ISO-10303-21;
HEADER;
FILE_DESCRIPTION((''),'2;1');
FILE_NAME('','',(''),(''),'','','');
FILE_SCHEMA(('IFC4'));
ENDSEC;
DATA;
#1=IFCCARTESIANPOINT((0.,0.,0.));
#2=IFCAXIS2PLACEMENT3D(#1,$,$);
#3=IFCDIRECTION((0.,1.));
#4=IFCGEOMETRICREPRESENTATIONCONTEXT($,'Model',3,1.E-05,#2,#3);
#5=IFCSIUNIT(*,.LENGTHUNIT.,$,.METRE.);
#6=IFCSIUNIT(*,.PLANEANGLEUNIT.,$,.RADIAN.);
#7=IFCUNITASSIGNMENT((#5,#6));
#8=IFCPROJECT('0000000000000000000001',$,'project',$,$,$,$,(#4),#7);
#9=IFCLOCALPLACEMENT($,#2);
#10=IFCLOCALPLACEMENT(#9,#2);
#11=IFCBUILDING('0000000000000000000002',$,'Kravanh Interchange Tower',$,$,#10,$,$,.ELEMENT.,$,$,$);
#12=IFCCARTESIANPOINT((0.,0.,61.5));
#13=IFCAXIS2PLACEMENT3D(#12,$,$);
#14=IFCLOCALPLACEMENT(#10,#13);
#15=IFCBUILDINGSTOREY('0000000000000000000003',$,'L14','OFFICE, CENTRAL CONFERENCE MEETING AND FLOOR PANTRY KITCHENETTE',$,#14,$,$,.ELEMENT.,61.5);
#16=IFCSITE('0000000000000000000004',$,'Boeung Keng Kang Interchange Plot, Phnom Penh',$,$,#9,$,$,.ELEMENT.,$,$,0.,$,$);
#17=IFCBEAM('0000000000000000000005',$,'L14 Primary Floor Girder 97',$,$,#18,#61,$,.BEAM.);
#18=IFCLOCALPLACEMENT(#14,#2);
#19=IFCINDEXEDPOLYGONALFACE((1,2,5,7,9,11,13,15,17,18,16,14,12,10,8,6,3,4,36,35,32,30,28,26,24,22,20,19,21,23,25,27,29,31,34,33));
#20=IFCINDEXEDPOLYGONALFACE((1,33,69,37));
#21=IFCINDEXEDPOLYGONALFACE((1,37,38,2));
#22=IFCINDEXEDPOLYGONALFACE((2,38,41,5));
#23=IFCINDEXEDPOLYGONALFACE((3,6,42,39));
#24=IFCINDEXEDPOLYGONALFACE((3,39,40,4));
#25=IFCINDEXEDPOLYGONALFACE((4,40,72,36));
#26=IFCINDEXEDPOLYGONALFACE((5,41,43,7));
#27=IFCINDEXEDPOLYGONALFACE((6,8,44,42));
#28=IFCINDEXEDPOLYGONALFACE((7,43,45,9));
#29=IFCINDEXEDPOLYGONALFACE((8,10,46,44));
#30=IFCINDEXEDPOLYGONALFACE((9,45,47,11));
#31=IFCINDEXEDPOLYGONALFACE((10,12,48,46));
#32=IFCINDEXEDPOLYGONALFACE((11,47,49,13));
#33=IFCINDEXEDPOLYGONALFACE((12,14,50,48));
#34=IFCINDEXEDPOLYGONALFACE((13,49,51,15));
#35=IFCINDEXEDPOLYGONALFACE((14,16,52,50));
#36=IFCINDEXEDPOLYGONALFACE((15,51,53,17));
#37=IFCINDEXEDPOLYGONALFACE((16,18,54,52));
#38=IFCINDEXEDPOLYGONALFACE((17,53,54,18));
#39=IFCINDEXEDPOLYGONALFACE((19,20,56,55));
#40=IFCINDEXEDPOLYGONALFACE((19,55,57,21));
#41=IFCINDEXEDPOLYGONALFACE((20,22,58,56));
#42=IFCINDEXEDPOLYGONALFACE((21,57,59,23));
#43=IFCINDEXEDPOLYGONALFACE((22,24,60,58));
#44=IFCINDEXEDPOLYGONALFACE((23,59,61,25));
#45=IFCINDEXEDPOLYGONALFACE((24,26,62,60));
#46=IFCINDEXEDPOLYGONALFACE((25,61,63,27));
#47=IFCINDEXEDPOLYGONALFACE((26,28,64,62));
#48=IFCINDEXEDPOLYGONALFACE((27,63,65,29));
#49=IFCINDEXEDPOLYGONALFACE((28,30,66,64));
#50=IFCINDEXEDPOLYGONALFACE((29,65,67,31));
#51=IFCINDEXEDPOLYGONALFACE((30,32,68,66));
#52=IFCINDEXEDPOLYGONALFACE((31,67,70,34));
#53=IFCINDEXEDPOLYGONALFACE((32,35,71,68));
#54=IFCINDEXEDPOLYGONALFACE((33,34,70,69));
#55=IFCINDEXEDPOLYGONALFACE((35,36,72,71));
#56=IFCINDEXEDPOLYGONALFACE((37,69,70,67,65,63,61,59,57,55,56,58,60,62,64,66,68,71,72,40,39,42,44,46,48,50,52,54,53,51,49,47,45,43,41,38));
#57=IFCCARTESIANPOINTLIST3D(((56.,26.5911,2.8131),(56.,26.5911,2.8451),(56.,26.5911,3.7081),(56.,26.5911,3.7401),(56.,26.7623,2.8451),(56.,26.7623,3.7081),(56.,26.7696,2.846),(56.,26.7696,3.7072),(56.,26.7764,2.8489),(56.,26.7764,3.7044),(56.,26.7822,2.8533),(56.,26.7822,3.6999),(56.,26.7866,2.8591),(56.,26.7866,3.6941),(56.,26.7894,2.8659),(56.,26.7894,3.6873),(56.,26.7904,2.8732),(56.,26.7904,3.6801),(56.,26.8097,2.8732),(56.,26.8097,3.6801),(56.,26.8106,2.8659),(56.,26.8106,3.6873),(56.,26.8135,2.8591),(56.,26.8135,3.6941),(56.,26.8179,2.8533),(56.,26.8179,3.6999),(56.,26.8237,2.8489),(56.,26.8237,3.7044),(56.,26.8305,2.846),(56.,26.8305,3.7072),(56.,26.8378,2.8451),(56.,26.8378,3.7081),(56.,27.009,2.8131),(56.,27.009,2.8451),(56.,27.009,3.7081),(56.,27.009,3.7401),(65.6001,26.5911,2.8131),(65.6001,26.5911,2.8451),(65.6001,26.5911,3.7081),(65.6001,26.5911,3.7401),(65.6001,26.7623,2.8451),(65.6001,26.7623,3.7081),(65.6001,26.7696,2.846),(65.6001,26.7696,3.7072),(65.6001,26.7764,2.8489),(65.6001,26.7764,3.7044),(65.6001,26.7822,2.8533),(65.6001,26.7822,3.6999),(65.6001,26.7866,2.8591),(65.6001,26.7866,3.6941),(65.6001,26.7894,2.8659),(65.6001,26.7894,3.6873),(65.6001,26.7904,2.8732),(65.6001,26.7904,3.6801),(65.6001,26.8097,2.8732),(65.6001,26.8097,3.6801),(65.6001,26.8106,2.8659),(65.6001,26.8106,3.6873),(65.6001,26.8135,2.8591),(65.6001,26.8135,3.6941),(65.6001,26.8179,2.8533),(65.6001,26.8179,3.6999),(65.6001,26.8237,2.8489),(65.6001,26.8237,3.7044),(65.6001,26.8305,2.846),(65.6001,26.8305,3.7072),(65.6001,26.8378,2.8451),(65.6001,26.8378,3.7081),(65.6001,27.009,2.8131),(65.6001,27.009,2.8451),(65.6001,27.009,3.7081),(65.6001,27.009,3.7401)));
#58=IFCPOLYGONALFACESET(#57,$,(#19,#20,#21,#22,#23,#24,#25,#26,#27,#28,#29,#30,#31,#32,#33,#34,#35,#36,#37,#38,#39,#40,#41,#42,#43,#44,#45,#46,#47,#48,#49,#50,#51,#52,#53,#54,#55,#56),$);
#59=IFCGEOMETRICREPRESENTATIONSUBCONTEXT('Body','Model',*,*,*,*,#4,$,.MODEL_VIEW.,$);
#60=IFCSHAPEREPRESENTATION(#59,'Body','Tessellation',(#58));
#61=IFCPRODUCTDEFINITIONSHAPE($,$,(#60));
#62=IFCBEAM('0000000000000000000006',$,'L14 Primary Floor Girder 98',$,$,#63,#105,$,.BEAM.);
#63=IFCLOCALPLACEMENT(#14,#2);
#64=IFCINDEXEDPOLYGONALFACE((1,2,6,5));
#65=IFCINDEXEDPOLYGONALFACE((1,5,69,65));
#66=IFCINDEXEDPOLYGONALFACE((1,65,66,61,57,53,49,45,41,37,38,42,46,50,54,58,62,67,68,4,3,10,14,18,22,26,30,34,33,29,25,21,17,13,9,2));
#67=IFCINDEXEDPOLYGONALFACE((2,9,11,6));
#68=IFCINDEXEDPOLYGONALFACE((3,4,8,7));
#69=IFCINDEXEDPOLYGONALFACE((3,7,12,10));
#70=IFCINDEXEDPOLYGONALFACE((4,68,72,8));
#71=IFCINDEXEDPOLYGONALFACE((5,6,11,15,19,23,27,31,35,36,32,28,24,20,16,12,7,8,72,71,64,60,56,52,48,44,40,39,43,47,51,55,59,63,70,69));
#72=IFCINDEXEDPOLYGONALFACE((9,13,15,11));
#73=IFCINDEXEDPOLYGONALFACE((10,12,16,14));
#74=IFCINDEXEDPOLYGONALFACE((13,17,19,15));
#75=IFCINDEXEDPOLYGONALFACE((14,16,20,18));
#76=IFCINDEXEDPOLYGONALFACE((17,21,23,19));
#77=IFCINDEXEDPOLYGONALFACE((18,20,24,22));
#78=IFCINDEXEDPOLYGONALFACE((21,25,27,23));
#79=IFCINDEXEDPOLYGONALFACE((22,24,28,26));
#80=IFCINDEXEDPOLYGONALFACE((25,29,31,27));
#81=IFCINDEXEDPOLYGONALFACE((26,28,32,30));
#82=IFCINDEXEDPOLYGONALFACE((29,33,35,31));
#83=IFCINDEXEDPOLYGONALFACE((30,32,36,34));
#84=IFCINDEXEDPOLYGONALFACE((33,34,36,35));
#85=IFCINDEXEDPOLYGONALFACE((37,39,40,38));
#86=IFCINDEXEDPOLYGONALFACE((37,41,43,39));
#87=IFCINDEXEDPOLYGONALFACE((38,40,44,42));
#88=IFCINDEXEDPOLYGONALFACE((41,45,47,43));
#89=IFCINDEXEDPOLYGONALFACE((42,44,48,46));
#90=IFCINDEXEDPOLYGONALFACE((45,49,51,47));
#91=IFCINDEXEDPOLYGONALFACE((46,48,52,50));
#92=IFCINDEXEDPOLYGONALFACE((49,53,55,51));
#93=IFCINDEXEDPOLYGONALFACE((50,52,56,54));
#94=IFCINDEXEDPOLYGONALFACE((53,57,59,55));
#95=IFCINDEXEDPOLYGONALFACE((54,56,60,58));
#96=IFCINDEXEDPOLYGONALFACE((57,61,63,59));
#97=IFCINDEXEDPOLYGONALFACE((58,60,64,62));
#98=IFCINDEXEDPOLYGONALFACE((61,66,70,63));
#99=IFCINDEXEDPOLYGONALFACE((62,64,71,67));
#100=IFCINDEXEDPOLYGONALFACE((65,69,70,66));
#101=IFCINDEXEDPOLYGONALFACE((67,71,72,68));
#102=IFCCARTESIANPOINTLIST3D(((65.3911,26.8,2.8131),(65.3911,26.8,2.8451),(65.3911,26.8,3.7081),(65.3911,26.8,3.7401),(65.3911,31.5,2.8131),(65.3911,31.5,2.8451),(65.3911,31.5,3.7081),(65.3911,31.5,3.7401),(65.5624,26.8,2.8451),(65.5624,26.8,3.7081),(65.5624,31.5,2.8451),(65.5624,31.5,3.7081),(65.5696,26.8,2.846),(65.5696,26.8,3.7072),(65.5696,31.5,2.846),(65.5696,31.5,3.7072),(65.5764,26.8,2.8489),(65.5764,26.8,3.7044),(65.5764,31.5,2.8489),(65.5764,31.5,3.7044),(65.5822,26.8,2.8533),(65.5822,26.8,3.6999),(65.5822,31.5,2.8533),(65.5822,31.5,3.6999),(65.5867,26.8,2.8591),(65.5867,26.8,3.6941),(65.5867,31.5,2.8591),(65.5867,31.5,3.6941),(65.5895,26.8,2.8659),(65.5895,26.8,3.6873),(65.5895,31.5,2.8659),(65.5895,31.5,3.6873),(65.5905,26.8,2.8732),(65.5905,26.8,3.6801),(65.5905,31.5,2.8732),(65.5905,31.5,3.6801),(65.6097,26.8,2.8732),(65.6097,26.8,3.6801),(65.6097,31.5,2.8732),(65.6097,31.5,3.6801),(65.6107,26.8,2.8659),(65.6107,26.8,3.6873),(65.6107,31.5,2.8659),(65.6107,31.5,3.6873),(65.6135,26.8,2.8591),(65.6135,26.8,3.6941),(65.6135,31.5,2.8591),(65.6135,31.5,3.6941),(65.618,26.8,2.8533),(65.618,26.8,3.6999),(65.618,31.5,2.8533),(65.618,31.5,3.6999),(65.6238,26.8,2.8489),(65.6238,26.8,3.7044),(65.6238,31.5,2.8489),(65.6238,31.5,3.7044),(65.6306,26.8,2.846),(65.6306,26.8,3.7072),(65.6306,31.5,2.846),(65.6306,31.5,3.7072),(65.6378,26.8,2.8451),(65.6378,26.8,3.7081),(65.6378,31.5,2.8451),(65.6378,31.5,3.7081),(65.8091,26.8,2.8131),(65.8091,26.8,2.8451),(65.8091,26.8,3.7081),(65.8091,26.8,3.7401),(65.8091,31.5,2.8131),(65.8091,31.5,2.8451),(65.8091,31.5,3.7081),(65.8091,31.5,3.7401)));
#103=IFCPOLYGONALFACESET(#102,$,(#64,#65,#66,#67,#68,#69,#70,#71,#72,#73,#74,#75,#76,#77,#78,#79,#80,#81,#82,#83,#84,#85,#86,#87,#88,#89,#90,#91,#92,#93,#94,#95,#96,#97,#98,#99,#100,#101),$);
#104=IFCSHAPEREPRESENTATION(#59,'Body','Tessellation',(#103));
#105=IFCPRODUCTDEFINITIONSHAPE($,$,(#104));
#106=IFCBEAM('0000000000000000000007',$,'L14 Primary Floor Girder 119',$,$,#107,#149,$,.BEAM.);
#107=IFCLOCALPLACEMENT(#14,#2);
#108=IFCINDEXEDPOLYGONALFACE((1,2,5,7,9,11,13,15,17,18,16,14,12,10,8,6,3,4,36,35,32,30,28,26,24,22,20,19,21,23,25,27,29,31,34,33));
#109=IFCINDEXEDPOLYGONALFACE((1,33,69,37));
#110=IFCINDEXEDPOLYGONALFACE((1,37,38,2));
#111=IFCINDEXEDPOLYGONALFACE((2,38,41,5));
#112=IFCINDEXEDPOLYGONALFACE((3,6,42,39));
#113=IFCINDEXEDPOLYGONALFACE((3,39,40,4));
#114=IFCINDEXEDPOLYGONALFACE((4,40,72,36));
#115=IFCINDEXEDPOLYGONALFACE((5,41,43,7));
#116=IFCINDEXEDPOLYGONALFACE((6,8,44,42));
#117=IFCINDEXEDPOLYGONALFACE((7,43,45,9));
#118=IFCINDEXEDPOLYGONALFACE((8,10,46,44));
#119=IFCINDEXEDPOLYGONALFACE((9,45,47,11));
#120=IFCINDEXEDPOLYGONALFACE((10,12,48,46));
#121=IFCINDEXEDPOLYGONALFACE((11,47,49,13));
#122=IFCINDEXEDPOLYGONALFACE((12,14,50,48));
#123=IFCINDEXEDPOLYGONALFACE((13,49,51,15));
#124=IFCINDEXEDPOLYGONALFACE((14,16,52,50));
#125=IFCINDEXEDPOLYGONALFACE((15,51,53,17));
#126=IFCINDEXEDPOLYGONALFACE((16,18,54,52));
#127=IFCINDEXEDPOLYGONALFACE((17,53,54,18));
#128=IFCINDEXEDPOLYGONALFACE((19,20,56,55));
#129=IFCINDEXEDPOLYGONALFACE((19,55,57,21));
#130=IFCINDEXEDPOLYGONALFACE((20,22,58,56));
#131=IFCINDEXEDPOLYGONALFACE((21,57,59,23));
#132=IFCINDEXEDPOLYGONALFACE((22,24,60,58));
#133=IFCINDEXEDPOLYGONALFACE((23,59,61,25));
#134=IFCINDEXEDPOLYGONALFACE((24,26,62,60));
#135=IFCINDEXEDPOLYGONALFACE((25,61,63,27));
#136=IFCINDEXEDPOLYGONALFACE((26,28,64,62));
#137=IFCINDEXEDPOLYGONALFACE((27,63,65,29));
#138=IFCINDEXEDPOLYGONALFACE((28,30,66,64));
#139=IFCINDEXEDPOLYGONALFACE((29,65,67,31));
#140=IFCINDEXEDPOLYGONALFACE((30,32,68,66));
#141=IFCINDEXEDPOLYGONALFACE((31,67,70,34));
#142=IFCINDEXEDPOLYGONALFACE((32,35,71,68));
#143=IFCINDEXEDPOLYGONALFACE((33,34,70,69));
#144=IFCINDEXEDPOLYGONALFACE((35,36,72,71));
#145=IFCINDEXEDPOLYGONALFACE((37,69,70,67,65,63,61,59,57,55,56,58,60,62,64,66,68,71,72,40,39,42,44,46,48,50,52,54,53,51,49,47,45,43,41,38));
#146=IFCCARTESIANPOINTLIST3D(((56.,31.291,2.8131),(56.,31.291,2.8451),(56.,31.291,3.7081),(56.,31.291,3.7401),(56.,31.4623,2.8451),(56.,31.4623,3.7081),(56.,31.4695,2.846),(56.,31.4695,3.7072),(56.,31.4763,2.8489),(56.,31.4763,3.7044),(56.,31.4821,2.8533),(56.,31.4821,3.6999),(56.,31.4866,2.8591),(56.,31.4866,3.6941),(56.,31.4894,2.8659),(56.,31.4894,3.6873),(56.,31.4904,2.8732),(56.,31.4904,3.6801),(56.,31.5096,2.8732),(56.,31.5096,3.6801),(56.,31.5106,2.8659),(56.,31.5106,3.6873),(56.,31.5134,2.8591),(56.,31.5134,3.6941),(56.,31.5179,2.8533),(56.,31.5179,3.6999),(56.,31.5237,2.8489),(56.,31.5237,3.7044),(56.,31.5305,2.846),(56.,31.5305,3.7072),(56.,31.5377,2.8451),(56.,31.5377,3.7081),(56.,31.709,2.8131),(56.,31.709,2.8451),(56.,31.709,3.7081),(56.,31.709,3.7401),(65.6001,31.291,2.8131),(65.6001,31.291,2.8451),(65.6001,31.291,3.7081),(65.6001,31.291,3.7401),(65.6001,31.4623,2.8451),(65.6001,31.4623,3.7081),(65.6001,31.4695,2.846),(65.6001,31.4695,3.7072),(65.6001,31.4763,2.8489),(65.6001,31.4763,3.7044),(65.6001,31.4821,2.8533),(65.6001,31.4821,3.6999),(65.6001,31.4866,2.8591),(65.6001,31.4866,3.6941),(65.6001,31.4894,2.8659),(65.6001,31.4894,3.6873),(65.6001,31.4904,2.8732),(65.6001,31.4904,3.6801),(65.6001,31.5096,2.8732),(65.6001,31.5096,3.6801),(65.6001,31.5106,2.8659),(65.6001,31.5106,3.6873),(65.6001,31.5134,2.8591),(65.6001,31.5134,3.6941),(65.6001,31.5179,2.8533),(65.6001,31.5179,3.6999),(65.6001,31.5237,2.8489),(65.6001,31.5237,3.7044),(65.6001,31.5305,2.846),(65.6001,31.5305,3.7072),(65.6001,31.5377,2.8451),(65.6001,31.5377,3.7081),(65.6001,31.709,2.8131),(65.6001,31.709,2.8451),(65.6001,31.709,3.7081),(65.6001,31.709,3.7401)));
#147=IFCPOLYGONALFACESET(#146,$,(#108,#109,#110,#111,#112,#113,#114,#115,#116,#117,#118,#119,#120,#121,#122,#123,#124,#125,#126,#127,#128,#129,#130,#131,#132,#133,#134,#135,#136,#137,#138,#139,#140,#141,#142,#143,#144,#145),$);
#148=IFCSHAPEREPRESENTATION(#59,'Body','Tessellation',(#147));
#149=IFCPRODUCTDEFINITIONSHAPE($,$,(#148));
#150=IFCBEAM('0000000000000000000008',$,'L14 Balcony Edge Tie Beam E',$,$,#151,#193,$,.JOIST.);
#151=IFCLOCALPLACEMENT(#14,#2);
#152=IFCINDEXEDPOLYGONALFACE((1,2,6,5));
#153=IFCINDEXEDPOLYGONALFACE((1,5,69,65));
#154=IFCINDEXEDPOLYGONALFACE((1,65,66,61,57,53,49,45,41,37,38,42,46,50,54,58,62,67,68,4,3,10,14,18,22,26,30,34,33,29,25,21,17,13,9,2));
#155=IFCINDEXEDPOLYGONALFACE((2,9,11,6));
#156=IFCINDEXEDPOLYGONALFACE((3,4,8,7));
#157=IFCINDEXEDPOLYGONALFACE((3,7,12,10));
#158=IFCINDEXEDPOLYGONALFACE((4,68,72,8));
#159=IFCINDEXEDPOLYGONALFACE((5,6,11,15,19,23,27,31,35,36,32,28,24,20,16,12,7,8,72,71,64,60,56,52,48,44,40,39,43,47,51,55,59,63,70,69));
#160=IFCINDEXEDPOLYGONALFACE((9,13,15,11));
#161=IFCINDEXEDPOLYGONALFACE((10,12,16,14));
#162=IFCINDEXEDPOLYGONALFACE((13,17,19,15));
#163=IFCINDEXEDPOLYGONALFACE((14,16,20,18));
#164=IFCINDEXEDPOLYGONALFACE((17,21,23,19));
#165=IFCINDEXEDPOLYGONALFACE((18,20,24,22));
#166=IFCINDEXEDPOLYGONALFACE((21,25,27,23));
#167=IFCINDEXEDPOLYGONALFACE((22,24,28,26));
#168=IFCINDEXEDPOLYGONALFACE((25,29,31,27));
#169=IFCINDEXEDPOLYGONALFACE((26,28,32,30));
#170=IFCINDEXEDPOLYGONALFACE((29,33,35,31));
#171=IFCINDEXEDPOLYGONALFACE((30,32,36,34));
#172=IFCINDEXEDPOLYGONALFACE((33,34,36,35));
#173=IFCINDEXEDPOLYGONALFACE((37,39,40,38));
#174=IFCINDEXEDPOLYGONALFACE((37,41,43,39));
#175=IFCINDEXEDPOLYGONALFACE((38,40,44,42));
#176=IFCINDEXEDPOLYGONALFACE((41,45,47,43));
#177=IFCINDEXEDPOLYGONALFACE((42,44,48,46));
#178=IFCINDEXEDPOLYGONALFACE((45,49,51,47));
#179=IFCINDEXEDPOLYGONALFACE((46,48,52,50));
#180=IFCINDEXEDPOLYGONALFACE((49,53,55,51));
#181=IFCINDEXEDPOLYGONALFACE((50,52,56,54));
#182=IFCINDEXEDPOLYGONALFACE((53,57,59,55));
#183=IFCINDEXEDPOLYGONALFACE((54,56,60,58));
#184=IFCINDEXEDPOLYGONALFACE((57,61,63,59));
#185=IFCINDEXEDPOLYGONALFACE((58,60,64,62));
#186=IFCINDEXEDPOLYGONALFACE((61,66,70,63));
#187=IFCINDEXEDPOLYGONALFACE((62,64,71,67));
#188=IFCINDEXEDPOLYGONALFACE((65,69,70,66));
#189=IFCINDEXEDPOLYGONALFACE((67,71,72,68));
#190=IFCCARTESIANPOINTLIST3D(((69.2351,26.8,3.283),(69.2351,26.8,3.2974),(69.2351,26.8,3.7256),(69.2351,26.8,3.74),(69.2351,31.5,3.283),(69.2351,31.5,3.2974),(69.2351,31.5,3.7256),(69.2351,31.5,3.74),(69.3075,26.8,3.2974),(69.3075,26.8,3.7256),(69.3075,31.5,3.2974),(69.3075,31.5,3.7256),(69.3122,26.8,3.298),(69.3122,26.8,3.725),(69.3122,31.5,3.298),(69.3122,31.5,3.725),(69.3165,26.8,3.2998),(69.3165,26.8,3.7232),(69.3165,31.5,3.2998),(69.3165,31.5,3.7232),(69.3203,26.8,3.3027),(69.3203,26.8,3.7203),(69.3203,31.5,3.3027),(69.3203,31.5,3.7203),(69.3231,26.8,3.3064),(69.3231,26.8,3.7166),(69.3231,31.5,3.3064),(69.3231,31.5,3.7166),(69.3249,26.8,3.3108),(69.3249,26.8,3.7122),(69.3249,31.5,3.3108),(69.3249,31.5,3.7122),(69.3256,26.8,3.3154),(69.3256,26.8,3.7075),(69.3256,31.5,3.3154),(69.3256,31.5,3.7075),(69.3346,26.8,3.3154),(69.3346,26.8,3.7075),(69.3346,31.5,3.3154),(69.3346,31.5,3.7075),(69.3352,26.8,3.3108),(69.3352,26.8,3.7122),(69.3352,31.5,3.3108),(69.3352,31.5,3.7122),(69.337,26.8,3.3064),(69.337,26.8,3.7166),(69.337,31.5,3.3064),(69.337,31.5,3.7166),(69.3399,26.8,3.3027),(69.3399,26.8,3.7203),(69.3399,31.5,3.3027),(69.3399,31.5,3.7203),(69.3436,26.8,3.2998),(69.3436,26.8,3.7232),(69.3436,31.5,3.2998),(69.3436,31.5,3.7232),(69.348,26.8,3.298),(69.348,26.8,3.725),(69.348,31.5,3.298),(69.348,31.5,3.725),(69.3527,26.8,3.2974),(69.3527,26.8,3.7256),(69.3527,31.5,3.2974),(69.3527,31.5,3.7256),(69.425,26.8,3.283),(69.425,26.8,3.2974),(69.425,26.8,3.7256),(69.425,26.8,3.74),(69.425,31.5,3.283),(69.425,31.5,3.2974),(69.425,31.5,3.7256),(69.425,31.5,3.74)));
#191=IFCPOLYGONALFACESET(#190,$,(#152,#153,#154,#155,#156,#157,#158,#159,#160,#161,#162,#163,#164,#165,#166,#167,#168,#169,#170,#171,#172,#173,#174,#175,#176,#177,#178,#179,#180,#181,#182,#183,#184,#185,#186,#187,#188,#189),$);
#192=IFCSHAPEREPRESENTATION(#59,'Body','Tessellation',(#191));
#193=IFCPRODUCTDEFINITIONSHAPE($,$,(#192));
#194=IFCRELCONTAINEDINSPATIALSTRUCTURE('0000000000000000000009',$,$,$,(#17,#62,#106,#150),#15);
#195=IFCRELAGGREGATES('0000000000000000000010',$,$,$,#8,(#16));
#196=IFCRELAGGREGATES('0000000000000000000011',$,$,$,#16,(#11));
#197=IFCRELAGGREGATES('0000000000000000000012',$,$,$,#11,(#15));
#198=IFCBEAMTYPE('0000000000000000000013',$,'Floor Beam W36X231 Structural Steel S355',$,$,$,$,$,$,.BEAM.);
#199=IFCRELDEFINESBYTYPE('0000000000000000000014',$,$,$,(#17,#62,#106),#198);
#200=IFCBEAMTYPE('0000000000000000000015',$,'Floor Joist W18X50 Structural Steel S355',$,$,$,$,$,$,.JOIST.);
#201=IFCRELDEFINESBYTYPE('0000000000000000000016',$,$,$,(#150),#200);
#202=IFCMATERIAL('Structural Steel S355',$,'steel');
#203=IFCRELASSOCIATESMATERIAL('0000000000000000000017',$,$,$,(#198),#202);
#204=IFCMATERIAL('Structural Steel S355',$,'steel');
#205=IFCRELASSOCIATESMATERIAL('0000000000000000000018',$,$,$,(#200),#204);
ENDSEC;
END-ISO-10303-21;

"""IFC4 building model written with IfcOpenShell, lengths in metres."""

from ifc_helpers import new_model, si_unit, direction, frame, origin, origin_2d, place, context, subcontext, project, spatial, i_section, extrude, material, material_profile, profile_set, type_object, element, save


model = new_model("IFC4")

# Units and contexts
model_context = context("Model", 3, precision=1e-05, world=origin(), true_north=direction((0.0, 1.0)))
body_context = subcontext(model_context, "Body", "Model", "MODEL_VIEW")
ifc_project = project(units=[si_unit("LENGTHUNIT", "METRE"), si_unit("PLANEANGLEUNIT", "RADIAN")], contexts=[model_context])

# Site, building, storey
site_placement = place(None, origin())
site = spatial("IfcSite", under=ifc_project, at=site_placement, Name="Boeung Keng Kang Interchange Plot, Phnom Penh", CompositionType="ELEMENT", RefElevation=0.0)
building_placement = place(site_placement, origin())
building = spatial("IfcBuilding", under=site, at=building_placement, Name="Kravanh Interchange Tower", CompositionType="ELEMENT")
storey_placement = place(building_placement, frame((0.0, 0.0, 61.5)))
storey = spatial("IfcBuildingStorey", under=building, at=storey_placement, Name="L14", Description="OFFICE, CENTRAL CONFERENCE MEETING AND FLOOR PANTRY KITCHENETTE", CompositionType="ELEMENT", Elevation=61.5)

# Beams
ifc_material_1 = material(Name="Structural Steel S355", Category="steel")
ifc_material_profile_1 = material_profile(ifc_material_1, i_section(OverallWidth=0.418, OverallDepth=0.927, WebThickness=0.0193, FlangeThickness=0.032, FilletRadius=0.0281, at=origin_2d()), Name="W36X231")
ifc_profile_set_1 = profile_set([ifc_material_profile_1], Name="Structural Steel S355")
beam_type_1 = type_object("IfcBeamType", Name="Floor Beam W36X231 Structural Steel S355", PredefinedType="BEAM", material=ifc_profile_set_1)
beam_1_placement = place(storey_placement, frame((56.0, 26.8, 3.2766), z_axis=(1.0, 0.0, 0.0), x_axis=(0.0, 1.0, 0.0)))
element("IfcBeam", 1, at=beam_1_placement, inside=storey, type_object=beam_type_1, Name="L14 Primary Floor Girder 97", PredefinedType="BEAM", context=body_context, shape_type="SweptSolid", body=[
    extrude(i_section(OverallWidth=0.418, OverallDepth=0.927, WebThickness=0.0193, FlangeThickness=0.032, FilletRadius=0.0281, at=origin_2d()), origin(), (0.0, 0.0, 1.0), 9.6001),
])
beam_2_placement = place(storey_placement, frame((65.6001, 26.8, 3.2766), z_axis=(0.0, 1.0, 0.0), x_axis=(-1.0, 0.0, 0.0)))
element("IfcBeam", 2, at=beam_2_placement, inside=storey, type_object=beam_type_1, Name="L14 Primary Floor Girder 98", PredefinedType="BEAM", context=body_context, shape_type="SweptSolid", body=[
    extrude(i_section(OverallWidth=0.418, OverallDepth=0.927, WebThickness=0.0193, FlangeThickness=0.032, FilletRadius=0.0281, at=origin_2d()), origin(), (0.0, 0.0, 1.0), 4.7),
])
beam_3_placement = place(storey_placement, frame((56.0, 31.5, 3.2766), z_axis=(1.0, 0.0, 0.0), x_axis=(0.0, 1.0, 0.0)))
element("IfcBeam", 3, at=beam_3_placement, inside=storey, type_object=beam_type_1, Name="L14 Primary Floor Girder 119", PredefinedType="BEAM", context=body_context, shape_type="SweptSolid", body=[
    extrude(i_section(OverallWidth=0.418, OverallDepth=0.927, WebThickness=0.0193, FlangeThickness=0.032, FilletRadius=0.0281, at=origin_2d()), origin(), (0.0, 0.0, 1.0), 9.6001),
])
ifc_material_2 = material(Name="Structural Steel S355", Category="steel")
ifc_material_profile_2 = material_profile(ifc_material_2, i_section(OverallWidth=0.1899, OverallDepth=0.457, WebThickness=0.009, FlangeThickness=0.0144, FilletRadius=0.0181, at=origin_2d()), Name="W18X50")
ifc_profile_set_2 = profile_set([ifc_material_profile_2], Name="Structural Steel S355")
beam_type_2 = type_object("IfcBeamType", Name="Floor Joist W18X50 Structural Steel S355", PredefinedType="JOIST", material=ifc_profile_set_2)
beam_4_placement = place(storey_placement, frame((69.3301, 26.8, 3.5115), z_axis=(0.0, 1.0, 0.0), x_axis=(-1.0, 0.0, 0.0)))
element("IfcBeam", 4, at=beam_4_placement, inside=storey, type_object=beam_type_2, Name="L14 Balcony Edge Tie Beam E", PredefinedType="JOIST", context=body_context, shape_type="SweptSolid", body=[
    extrude(i_section(OverallWidth=0.1899, OverallDepth=0.457, WebThickness=0.009, FlangeThickness=0.0144, FilletRadius=0.0181, at=origin_2d()), origin(), (0.0, 0.0, 1.0), 4.7),
])

save(model, "model.ifc")
